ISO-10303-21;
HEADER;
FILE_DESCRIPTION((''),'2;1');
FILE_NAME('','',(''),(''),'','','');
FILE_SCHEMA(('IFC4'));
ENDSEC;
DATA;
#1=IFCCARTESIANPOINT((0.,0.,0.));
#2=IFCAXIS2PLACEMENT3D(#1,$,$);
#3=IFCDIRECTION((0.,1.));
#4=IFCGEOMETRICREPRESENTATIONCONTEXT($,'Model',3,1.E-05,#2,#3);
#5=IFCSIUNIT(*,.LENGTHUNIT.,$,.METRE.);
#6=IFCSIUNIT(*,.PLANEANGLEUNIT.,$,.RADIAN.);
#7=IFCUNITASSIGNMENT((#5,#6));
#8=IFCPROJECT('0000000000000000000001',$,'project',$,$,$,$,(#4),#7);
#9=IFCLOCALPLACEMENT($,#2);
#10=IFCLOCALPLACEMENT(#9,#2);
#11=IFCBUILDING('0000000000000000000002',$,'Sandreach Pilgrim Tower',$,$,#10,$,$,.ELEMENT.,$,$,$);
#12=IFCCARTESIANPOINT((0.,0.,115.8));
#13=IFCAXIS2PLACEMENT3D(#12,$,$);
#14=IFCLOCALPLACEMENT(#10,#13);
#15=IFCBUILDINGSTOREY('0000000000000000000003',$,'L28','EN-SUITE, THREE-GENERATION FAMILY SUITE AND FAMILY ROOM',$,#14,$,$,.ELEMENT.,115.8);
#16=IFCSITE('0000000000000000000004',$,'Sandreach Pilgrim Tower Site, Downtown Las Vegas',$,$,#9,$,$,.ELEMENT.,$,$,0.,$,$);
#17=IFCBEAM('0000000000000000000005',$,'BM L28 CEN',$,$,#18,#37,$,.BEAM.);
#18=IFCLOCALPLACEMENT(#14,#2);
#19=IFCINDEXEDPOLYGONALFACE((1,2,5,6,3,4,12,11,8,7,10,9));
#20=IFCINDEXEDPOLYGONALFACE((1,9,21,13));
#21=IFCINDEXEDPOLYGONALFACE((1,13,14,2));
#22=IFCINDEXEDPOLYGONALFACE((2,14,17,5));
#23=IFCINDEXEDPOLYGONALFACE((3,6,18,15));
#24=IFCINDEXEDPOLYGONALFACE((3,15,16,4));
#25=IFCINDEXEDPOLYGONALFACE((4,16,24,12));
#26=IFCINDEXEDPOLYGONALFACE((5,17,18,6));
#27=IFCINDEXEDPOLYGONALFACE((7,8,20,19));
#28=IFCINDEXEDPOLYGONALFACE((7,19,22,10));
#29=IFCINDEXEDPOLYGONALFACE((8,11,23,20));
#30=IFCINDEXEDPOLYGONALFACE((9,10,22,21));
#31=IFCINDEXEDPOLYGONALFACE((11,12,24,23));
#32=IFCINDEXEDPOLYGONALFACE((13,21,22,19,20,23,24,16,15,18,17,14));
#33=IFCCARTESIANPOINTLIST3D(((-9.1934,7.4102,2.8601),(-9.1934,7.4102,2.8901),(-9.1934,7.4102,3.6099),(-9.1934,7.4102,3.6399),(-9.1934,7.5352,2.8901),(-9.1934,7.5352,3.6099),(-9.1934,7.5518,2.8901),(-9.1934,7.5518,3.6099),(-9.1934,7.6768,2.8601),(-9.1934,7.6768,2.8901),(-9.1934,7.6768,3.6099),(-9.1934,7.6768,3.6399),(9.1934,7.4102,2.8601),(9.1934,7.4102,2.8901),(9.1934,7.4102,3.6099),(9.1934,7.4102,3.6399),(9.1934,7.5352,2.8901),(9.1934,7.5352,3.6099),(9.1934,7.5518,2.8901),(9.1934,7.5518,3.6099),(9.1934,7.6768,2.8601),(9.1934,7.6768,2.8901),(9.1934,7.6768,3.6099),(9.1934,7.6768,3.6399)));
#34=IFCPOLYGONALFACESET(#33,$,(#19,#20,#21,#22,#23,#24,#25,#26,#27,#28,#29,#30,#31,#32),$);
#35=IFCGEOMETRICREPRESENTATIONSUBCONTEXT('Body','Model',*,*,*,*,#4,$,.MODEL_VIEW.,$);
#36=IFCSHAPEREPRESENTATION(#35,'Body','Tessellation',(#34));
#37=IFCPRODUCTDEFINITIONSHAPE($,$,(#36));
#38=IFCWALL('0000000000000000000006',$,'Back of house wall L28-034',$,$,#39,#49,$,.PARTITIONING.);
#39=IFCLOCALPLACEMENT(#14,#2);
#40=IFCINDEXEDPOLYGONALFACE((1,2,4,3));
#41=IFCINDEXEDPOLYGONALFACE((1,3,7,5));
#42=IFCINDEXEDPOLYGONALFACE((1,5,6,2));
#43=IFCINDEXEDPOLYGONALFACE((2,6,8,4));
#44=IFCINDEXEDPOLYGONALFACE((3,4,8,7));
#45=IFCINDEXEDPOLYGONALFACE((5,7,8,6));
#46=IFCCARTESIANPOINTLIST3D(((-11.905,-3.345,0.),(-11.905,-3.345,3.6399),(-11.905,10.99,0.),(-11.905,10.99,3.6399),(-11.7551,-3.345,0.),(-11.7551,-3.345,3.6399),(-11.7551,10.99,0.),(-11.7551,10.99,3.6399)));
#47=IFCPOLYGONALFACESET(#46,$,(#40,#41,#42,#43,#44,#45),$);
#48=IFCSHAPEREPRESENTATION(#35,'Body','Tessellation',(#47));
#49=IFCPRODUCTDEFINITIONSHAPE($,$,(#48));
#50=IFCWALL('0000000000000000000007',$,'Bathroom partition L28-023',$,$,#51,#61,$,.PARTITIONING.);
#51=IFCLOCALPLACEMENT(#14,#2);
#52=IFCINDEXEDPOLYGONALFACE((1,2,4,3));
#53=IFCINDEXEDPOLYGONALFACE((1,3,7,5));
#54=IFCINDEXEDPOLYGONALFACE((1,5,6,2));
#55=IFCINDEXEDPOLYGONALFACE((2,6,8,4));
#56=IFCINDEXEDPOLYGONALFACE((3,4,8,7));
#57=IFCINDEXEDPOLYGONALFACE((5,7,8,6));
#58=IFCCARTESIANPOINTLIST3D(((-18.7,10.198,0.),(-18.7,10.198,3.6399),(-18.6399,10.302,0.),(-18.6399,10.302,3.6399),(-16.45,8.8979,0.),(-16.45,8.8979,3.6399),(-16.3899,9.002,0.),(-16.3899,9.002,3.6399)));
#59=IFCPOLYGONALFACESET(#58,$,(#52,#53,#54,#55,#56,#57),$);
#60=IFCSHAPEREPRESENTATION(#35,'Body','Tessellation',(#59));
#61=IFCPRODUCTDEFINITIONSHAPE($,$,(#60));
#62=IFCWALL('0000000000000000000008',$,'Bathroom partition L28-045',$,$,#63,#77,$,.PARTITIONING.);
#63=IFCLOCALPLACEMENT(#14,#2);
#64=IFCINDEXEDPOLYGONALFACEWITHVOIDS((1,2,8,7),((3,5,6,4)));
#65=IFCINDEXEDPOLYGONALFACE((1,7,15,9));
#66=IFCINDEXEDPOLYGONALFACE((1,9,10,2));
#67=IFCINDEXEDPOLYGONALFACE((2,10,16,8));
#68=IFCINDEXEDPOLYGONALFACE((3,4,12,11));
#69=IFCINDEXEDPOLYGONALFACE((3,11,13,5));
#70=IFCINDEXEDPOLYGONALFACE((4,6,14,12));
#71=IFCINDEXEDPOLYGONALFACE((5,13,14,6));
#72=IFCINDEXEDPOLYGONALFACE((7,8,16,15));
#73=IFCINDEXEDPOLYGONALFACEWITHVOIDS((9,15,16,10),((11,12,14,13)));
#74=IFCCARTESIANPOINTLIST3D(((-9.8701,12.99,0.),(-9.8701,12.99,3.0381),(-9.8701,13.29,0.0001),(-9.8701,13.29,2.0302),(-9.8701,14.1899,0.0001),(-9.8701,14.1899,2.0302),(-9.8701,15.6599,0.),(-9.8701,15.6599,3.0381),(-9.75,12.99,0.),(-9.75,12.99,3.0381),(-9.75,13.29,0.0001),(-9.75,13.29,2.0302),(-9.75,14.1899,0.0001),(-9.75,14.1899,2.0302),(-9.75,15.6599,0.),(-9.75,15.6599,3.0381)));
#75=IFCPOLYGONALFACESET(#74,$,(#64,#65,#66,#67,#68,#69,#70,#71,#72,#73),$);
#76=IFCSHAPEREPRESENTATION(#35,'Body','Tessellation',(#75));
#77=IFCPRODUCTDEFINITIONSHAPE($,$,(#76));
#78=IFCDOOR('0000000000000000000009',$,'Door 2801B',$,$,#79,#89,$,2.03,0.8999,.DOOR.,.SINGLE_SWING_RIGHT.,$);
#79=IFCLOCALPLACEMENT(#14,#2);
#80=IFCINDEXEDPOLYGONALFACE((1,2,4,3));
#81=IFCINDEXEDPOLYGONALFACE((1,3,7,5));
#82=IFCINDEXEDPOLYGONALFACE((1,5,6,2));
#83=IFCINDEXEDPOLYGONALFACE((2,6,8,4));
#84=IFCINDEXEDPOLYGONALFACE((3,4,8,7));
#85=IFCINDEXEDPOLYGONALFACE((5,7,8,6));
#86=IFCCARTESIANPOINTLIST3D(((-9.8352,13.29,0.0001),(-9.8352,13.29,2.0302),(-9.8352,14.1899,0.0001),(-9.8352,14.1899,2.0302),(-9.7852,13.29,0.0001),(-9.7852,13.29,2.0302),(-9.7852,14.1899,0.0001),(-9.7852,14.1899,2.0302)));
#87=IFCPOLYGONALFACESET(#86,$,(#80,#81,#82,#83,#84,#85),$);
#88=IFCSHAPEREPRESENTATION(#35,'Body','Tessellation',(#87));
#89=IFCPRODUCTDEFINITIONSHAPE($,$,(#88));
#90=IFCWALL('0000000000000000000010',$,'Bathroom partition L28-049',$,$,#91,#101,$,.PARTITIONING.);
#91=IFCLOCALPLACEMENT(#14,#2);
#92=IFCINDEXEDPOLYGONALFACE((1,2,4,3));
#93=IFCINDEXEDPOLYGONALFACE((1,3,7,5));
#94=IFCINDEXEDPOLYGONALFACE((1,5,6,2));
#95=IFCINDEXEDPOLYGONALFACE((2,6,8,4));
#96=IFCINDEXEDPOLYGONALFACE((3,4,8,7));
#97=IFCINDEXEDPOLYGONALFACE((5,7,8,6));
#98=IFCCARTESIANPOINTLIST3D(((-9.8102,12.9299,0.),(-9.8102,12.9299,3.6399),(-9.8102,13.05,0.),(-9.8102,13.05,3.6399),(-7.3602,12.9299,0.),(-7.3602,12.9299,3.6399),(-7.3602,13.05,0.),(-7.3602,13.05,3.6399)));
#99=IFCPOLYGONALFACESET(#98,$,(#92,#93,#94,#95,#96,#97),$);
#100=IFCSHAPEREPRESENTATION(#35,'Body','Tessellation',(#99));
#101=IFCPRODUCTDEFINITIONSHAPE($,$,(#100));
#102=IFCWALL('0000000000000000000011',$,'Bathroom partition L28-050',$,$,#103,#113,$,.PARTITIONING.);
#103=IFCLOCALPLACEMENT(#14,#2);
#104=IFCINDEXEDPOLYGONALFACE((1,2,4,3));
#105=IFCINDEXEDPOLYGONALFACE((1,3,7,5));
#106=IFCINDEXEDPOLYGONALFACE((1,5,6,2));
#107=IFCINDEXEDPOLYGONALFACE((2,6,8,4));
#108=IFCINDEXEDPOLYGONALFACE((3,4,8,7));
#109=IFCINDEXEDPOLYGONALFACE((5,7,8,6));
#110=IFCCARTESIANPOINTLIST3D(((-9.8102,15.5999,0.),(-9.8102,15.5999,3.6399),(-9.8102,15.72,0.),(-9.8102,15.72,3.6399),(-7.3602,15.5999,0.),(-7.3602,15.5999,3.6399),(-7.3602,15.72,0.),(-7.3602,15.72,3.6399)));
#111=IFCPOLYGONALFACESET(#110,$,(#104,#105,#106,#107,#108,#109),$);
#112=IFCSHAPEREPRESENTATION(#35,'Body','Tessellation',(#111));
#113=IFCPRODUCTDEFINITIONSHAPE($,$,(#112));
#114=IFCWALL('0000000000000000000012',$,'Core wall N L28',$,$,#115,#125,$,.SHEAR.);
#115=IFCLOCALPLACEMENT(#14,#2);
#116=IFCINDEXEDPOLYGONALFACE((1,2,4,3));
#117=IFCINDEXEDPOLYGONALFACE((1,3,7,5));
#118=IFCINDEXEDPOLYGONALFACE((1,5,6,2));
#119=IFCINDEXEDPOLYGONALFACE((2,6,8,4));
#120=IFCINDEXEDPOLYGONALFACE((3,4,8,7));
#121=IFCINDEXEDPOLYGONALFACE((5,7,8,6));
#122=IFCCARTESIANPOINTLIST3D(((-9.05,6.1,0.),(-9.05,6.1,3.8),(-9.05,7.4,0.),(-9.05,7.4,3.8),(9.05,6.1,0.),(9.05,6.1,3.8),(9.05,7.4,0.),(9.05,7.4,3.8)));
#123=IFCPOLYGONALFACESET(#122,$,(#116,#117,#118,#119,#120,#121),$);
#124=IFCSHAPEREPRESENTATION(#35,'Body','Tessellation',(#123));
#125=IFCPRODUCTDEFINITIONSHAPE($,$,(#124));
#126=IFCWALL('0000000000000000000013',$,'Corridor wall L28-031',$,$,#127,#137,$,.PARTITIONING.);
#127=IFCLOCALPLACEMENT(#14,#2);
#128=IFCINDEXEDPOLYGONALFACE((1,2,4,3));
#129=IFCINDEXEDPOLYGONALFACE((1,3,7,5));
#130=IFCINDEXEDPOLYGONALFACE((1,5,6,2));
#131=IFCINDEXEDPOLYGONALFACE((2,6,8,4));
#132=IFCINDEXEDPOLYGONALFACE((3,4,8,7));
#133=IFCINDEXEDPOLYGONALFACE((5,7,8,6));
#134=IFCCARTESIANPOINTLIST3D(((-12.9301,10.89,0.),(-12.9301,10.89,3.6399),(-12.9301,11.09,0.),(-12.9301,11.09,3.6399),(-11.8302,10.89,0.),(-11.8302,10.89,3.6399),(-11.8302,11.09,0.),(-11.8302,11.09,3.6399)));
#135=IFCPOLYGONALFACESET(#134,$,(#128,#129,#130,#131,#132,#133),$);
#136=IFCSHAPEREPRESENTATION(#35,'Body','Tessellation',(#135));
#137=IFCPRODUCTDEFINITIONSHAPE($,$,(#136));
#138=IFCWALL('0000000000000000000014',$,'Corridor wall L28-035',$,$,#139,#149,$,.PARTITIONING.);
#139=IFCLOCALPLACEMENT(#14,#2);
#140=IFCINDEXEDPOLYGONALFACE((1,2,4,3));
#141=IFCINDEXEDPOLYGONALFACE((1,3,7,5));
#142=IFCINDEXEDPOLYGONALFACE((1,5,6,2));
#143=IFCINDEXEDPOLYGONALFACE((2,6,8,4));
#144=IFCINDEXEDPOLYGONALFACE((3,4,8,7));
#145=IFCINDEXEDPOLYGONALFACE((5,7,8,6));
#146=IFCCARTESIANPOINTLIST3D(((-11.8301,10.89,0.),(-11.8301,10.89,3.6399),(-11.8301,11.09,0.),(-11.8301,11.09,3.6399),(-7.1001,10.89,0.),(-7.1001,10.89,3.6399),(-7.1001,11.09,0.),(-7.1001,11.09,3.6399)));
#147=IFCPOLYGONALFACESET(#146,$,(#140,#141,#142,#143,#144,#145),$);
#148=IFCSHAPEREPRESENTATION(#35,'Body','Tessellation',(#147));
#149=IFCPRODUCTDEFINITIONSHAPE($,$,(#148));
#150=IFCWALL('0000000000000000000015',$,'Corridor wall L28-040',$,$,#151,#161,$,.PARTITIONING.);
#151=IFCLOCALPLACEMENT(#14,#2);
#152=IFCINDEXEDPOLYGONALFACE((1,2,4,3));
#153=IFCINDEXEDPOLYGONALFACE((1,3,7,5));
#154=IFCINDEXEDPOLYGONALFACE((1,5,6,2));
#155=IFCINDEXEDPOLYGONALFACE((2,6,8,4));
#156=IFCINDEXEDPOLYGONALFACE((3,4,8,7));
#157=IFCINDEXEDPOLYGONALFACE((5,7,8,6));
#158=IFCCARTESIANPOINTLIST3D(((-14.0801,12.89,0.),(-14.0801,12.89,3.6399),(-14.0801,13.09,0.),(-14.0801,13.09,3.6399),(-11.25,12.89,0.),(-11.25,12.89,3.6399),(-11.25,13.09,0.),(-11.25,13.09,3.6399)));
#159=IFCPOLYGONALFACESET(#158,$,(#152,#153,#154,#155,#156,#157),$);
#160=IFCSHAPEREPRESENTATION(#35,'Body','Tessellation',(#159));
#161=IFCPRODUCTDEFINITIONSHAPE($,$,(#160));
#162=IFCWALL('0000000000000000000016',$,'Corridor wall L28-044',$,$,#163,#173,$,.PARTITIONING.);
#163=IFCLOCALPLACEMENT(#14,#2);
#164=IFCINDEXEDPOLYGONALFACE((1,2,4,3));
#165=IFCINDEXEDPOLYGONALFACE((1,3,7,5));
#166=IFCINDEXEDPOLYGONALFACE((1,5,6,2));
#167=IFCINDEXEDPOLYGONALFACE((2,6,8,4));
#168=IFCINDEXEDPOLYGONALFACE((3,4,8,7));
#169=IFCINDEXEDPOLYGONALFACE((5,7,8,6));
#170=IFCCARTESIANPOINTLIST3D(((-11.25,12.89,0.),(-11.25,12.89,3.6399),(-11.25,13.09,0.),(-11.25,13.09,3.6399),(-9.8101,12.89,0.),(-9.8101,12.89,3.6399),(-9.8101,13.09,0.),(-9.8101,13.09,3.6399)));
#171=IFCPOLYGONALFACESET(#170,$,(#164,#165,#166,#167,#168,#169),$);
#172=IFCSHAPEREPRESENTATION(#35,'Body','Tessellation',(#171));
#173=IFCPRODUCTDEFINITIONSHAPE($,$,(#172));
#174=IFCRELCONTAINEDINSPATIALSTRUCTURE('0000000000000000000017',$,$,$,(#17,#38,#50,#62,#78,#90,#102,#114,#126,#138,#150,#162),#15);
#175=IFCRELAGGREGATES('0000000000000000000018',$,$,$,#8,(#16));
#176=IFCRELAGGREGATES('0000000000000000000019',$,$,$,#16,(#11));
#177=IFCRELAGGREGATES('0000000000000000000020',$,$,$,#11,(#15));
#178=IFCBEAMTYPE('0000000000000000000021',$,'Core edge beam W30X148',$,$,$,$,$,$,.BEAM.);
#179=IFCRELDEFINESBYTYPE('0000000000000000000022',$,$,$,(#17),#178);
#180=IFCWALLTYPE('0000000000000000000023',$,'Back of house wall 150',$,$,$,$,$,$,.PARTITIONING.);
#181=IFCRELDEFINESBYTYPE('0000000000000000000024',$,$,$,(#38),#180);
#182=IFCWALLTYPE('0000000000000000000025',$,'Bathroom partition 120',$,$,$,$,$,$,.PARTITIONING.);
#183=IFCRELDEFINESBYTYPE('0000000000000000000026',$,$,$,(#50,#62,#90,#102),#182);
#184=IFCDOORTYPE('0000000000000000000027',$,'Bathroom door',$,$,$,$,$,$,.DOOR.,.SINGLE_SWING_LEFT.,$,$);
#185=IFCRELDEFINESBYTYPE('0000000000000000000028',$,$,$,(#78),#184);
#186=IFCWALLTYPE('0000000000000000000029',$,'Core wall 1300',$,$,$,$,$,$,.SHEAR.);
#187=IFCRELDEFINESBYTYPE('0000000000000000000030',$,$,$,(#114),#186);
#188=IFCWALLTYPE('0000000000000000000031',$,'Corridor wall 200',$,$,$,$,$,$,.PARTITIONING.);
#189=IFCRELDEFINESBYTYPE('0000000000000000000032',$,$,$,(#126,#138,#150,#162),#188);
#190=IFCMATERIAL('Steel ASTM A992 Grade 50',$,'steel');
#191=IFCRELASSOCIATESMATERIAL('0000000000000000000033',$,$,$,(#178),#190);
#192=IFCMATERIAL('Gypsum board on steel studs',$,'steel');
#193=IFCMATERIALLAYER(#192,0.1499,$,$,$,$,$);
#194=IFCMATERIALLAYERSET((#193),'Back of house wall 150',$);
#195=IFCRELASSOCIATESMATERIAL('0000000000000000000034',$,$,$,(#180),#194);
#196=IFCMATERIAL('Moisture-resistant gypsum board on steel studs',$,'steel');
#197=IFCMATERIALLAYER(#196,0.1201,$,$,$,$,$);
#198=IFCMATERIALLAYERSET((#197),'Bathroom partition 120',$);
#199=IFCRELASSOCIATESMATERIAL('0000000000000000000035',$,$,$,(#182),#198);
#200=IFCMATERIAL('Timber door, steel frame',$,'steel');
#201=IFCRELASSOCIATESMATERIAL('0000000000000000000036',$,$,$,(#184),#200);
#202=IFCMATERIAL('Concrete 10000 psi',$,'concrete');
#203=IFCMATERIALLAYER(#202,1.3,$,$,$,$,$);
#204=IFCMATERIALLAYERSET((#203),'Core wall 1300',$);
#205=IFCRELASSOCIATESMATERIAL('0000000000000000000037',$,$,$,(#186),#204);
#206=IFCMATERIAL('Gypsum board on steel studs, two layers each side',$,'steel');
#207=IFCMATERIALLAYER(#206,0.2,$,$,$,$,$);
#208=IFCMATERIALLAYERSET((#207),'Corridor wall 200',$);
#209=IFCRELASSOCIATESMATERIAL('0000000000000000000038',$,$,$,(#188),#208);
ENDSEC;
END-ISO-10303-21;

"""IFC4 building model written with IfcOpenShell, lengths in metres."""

from ifc_helpers import new_model, si_unit, direction, frame, frame_2d, origin, origin_2d, place, context, subcontext, project, spatial, rectangle, i_section, extrude, material, layer, layer_set, material_profile, profile_set, type_object, element, fill, save


model = new_model("IFC4")

# Units and contexts
model_context = context("Model", 3, precision=1e-05, world=origin(), true_north=direction((0.0, 1.0)))
body_context = subcontext(model_context, "Body", "Model", "MODEL_VIEW")
ifc_project = project(units=[si_unit("LENGTHUNIT", "METRE"), si_unit("PLANEANGLEUNIT", "RADIAN")], contexts=[model_context])

# Site, building, storey
site_placement = place(None, origin())
site = spatial("IfcSite", under=ifc_project, at=site_placement, Name="Sandreach Pilgrim Tower Site, Downtown Las Vegas", CompositionType="ELEMENT", RefElevation=0.0)
building_placement = place(site_placement, origin())
building = spatial("IfcBuilding", under=site, at=building_placement, Name="Sandreach Pilgrim Tower", CompositionType="ELEMENT")
storey_placement = place(building_placement, frame((0.0, 0.0, 115.8)))
storey = spatial("IfcBuildingStorey", under=building, at=storey_placement, Name="L28", Description="EN-SUITE, THREE-GENERATION FAMILY SUITE AND FAMILY ROOM", CompositionType="ELEMENT", Elevation=115.8)

# Beam
ifc_material_1 = material(Name="Steel ASTM A992 Grade 50", Category="steel")
ifc_material_profile = material_profile(ifc_material_1, i_section(OverallWidth=0.2666, OverallDepth=0.7798, WebThickness=0.0166, FlangeThickness=0.03, at=origin_2d()), Name="W30X148")
ifc_profile_set = profile_set([ifc_material_profile], Name="Steel ASTM A992 Grade 50")
beam_type = type_object("IfcBeamType", Name="Core edge beam W30X148", PredefinedType="BEAM", material=ifc_profile_set)
beam_placement = place(storey_placement, frame((-9.1934, 7.5435, 3.25), z_axis=(1.0, 0.0, 0.0), x_axis=(0.0, 1.0, 0.0)))
element("IfcBeam", 1, at=beam_placement, inside=storey, type_object=beam_type, Name="BM L28 CEN", PredefinedType="BEAM", context=body_context, shape_type="SweptSolid", body=[
    extrude(i_section(OverallWidth=0.2666, OverallDepth=0.7798, WebThickness=0.0166, FlangeThickness=0.03, at=origin_2d()), origin(), (0.0, 0.0, 1.0), 18.3867),
])

# Walls
ifc_material_2 = material(Name="Gypsum board on steel studs", Category="steel")
ifc_layer_1 = layer(ifc_material_2, 0.1499)
ifc_layer_set_1 = layer_set([ifc_layer_1], Name="Back of house wall 150")
wall_type_1 = type_object("IfcWallType", Name="Back of house wall 150", PredefinedType="PARTITIONING", material=ifc_layer_set_1)
wall_1_placement = place(storey_placement, frame((-11.8301, 10.99, 0.0), z_axis=(0.0, 0.0, 1.0), x_axis=(0.0, -1.0, 0.0)))
element("IfcWall", 2, at=wall_1_placement, inside=storey, type_object=wall_type_1, Name="Back of house wall L28-034", PredefinedType="PARTITIONING", context=body_context, shape_type="SweptSolid", body=[
    extrude(rectangle(XDim=14.335, YDim=0.1499, at=frame_2d((7.1675, 0.0))), origin(), (0.0, 0.0, 1.0), 3.6399),
])
ifc_material_3 = material(Name="Moisture-resistant gypsum board on steel studs", Category="steel")
ifc_layer_2 = layer(ifc_material_3, 0.1201)
ifc_layer_set_2 = layer_set([ifc_layer_2], Name="Bathroom partition 120")
wall_type_2 = type_object("IfcWallType", Name="Bathroom partition 120", PredefinedType="PARTITIONING", material=ifc_layer_set_2)
wall_2_placement = place(storey_placement, frame((-16.4199, 8.95, 0.0), z_axis=(0.0, 0.0, 1.0), x_axis=(-0.865857, 0.500292, 0.0)))
element("IfcWall", 3, at=wall_2_placement, inside=storey, type_object=wall_type_2, Name="Bathroom partition L28-023", PredefinedType="PARTITIONING", context=body_context, shape_type="SweptSolid", body=[
    extrude(rectangle(XDim=2.5986, YDim=0.1201, at=frame_2d((1.2993, 0.0))), origin(), (0.0, 0.0, 1.0), 3.6399),
])

# Wall, opening, door
wall_3_placement = place(storey_placement, frame((-9.8101, 15.6599, 0.0), z_axis=(0.0, 0.0, 1.0), x_axis=(0.0, -1.0, 0.0)))
wall_3 = element("IfcWall", 4, at=wall_3_placement, inside=storey, type_object=wall_type_2, Name="Bathroom partition L28-045", PredefinedType="PARTITIONING", context=body_context, shape_type="SweptSolid", body=[
    extrude(rectangle(XDim=2.6699, YDim=0.1201, at=frame_2d((1.335, 0.0))), origin(), (0.0, 0.0, 1.0), 3.0381),
])
opening_1_placement = place(wall_3_placement, frame((1.47, 0.0, 0.0)))
opening_1 = element("IfcOpeningElement", 5, at=opening_1_placement, cuts=wall_3, PredefinedType="OPENING", context=body_context, shape_type="SweptSolid", body=[
    extrude(rectangle(XDim=0.8999, YDim=2.03, at=frame_2d((0.45, 1.0151))), frame((0.0, 0.0601, 0.0), z_axis=(0.0, -1.0, 0.0), x_axis=(1.0, 0.0, 0.0)), (0.0, 0.0, 1.0), 0.1201),
])
ifc_material_4 = material(Name="Timber door, steel frame", Category="steel")
door_type_1 = type_object("IfcDoorType", Name="Bathroom door", OperationType="SINGLE_SWING_LEFT", PredefinedType="DOOR", material=ifc_material_4)
door_1_placement = place(opening_1_placement, origin())
door_1 = element("IfcDoor", 6, at=door_1_placement, inside=storey, type_object=door_type_1, Name="Door 2801B", OperationType="SINGLE_SWING_RIGHT", OverallHeight=2.03, OverallWidth=0.8999, PredefinedType="DOOR", context=body_context, shape_type="SweptSolid", body=[
    extrude(rectangle(XDim=0.8999, YDim=2.03, at=frame_2d((0.45, 1.0151))), frame((0.0, 0.0249, 0.0), z_axis=(0.0, -1.0, 0.0), x_axis=(1.0, 0.0, 0.0)), (0.0, 0.0, 1.0), 0.05),
])
fill(opening_1, door_1)

# Walls
for number, where, z_axis, x_axis, name in (
    (7, (-7.3601, 12.99, 0.0), (0.0, 0.0, 1.0), (-1.0, 0.0, 0.0), "Bathroom partition L28-049"),
    (8, (-7.3601, 15.6599, 0.0), (0.0, 0.0, 1.0), (-1.0, 0.0, 0.0), "Bathroom partition L28-050"),
):
    element("IfcWall", number, at=place(storey_placement, frame(where, z_axis=z_axis, x_axis=x_axis)), inside=storey, type_object=wall_type_2, Name=name, PredefinedType="PARTITIONING", context=body_context, shape_type="SweptSolid", body=[
        extrude(rectangle(XDim=2.45, YDim=0.1201, at=frame_2d((1.2251, 0.0))), origin(), (0.0, 0.0, 1.0), 3.6399),
    ])

# Wall
ifc_material_5 = material(Name="Concrete 10000 psi", Category="concrete")
ifc_layer_3 = layer(ifc_material_5, 1.3)
ifc_layer_set_3 = layer_set([ifc_layer_3], Name="Core wall 1300")
wall_type_3 = type_object("IfcWallType", Name="Core wall 1300", PredefinedType="SHEAR", material=ifc_layer_set_3)
wall_4_placement = place(storey_placement, frame((-9.05, 6.75, 0.0), z_axis=(0.0, 0.0, 1.0), x_axis=(1.0, 0.0, 0.0)))
element("IfcWall", 9, at=wall_4_placement, inside=storey, type_object=wall_type_3, Name="Core wall N L28", PredefinedType="SHEAR", context=body_context, shape_type="SweptSolid", body=[
    extrude(rectangle(XDim=18.1001, YDim=1.3, at=frame_2d((9.05, 0.0))), origin(), (0.0, 0.0, 1.0), 3.8),
])

# Shared definitions
ifc_material_6 = material(Name="Gypsum board on steel studs, two layers each side", Category="steel")
ifc_layer_4 = layer(ifc_material_6, 0.2)
ifc_layer_set_4 = layer_set([ifc_layer_4], Name="Corridor wall 200")
wall_type_4 = type_object("IfcWallType", Name="Corridor wall 200", PredefinedType="PARTITIONING", material=ifc_layer_set_4)

# Walls
wall_5_placement = place(storey_placement, frame((-12.9299, 10.99, 0.0), z_axis=(0.0, 0.0, 1.0), x_axis=(1.0, 0.0, 0.0)))
element("IfcWall", 10, at=wall_5_placement, inside=storey, type_object=wall_type_4, Name="Corridor wall L28-031", PredefinedType="PARTITIONING", context=body_context, shape_type="SweptSolid", body=[
    extrude(rectangle(XDim=1.0999, YDim=0.2, at=frame_2d((0.5498, 0.0))), origin(), (0.0, 0.0, 1.0), 3.6399),
])
wall_6_placement = place(storey_placement, frame((-11.8301, 10.99, 0.0), z_axis=(0.0, 0.0, 1.0), x_axis=(1.0, 0.0, 0.0)))
element("IfcWall", 11, at=wall_6_placement, inside=storey, type_object=wall_type_4, Name="Corridor wall L28-035", PredefinedType="PARTITIONING", context=body_context, shape_type="SweptSolid", body=[
    extrude(rectangle(XDim=4.73, YDim=0.2, at=frame_2d((2.365, 0.0))), origin(), (0.0, 0.0, 1.0), 3.6399),
])
wall_7_placement = place(storey_placement, frame((-11.25, 12.99, 0.0), z_axis=(0.0, 0.0, 1.0), x_axis=(-1.0, 0.0, 0.0)))
element("IfcWall", 12, at=wall_7_placement, inside=storey, type_object=wall_type_4, Name="Corridor wall L28-040", PredefinedType="PARTITIONING", context=body_context, shape_type="SweptSolid", body=[
    extrude(rectangle(XDim=2.8301, YDim=0.2, at=frame_2d((1.415, 0.0))), origin(), (0.0, 0.0, 1.0), 3.6399),
])

# Wall
wall_8_placement = place(storey_placement, frame((-9.8101, 12.99, 0.0), z_axis=(0.0, 0.0, 1.0), x_axis=(-1.0, 0.0, 0.0)))
element("IfcWall", 13, at=wall_8_placement, inside=storey, type_object=wall_type_4, Name="Corridor wall L28-044", PredefinedType="PARTITIONING", context=body_context, shape_type="SweptSolid", body=[
    extrude(rectangle(XDim=1.4399, YDim=0.2, at=frame_2d((0.72, 0.0))), origin(), (0.0, 0.0, 1.0), 3.6399),
])

save(model, "model.ifc")
